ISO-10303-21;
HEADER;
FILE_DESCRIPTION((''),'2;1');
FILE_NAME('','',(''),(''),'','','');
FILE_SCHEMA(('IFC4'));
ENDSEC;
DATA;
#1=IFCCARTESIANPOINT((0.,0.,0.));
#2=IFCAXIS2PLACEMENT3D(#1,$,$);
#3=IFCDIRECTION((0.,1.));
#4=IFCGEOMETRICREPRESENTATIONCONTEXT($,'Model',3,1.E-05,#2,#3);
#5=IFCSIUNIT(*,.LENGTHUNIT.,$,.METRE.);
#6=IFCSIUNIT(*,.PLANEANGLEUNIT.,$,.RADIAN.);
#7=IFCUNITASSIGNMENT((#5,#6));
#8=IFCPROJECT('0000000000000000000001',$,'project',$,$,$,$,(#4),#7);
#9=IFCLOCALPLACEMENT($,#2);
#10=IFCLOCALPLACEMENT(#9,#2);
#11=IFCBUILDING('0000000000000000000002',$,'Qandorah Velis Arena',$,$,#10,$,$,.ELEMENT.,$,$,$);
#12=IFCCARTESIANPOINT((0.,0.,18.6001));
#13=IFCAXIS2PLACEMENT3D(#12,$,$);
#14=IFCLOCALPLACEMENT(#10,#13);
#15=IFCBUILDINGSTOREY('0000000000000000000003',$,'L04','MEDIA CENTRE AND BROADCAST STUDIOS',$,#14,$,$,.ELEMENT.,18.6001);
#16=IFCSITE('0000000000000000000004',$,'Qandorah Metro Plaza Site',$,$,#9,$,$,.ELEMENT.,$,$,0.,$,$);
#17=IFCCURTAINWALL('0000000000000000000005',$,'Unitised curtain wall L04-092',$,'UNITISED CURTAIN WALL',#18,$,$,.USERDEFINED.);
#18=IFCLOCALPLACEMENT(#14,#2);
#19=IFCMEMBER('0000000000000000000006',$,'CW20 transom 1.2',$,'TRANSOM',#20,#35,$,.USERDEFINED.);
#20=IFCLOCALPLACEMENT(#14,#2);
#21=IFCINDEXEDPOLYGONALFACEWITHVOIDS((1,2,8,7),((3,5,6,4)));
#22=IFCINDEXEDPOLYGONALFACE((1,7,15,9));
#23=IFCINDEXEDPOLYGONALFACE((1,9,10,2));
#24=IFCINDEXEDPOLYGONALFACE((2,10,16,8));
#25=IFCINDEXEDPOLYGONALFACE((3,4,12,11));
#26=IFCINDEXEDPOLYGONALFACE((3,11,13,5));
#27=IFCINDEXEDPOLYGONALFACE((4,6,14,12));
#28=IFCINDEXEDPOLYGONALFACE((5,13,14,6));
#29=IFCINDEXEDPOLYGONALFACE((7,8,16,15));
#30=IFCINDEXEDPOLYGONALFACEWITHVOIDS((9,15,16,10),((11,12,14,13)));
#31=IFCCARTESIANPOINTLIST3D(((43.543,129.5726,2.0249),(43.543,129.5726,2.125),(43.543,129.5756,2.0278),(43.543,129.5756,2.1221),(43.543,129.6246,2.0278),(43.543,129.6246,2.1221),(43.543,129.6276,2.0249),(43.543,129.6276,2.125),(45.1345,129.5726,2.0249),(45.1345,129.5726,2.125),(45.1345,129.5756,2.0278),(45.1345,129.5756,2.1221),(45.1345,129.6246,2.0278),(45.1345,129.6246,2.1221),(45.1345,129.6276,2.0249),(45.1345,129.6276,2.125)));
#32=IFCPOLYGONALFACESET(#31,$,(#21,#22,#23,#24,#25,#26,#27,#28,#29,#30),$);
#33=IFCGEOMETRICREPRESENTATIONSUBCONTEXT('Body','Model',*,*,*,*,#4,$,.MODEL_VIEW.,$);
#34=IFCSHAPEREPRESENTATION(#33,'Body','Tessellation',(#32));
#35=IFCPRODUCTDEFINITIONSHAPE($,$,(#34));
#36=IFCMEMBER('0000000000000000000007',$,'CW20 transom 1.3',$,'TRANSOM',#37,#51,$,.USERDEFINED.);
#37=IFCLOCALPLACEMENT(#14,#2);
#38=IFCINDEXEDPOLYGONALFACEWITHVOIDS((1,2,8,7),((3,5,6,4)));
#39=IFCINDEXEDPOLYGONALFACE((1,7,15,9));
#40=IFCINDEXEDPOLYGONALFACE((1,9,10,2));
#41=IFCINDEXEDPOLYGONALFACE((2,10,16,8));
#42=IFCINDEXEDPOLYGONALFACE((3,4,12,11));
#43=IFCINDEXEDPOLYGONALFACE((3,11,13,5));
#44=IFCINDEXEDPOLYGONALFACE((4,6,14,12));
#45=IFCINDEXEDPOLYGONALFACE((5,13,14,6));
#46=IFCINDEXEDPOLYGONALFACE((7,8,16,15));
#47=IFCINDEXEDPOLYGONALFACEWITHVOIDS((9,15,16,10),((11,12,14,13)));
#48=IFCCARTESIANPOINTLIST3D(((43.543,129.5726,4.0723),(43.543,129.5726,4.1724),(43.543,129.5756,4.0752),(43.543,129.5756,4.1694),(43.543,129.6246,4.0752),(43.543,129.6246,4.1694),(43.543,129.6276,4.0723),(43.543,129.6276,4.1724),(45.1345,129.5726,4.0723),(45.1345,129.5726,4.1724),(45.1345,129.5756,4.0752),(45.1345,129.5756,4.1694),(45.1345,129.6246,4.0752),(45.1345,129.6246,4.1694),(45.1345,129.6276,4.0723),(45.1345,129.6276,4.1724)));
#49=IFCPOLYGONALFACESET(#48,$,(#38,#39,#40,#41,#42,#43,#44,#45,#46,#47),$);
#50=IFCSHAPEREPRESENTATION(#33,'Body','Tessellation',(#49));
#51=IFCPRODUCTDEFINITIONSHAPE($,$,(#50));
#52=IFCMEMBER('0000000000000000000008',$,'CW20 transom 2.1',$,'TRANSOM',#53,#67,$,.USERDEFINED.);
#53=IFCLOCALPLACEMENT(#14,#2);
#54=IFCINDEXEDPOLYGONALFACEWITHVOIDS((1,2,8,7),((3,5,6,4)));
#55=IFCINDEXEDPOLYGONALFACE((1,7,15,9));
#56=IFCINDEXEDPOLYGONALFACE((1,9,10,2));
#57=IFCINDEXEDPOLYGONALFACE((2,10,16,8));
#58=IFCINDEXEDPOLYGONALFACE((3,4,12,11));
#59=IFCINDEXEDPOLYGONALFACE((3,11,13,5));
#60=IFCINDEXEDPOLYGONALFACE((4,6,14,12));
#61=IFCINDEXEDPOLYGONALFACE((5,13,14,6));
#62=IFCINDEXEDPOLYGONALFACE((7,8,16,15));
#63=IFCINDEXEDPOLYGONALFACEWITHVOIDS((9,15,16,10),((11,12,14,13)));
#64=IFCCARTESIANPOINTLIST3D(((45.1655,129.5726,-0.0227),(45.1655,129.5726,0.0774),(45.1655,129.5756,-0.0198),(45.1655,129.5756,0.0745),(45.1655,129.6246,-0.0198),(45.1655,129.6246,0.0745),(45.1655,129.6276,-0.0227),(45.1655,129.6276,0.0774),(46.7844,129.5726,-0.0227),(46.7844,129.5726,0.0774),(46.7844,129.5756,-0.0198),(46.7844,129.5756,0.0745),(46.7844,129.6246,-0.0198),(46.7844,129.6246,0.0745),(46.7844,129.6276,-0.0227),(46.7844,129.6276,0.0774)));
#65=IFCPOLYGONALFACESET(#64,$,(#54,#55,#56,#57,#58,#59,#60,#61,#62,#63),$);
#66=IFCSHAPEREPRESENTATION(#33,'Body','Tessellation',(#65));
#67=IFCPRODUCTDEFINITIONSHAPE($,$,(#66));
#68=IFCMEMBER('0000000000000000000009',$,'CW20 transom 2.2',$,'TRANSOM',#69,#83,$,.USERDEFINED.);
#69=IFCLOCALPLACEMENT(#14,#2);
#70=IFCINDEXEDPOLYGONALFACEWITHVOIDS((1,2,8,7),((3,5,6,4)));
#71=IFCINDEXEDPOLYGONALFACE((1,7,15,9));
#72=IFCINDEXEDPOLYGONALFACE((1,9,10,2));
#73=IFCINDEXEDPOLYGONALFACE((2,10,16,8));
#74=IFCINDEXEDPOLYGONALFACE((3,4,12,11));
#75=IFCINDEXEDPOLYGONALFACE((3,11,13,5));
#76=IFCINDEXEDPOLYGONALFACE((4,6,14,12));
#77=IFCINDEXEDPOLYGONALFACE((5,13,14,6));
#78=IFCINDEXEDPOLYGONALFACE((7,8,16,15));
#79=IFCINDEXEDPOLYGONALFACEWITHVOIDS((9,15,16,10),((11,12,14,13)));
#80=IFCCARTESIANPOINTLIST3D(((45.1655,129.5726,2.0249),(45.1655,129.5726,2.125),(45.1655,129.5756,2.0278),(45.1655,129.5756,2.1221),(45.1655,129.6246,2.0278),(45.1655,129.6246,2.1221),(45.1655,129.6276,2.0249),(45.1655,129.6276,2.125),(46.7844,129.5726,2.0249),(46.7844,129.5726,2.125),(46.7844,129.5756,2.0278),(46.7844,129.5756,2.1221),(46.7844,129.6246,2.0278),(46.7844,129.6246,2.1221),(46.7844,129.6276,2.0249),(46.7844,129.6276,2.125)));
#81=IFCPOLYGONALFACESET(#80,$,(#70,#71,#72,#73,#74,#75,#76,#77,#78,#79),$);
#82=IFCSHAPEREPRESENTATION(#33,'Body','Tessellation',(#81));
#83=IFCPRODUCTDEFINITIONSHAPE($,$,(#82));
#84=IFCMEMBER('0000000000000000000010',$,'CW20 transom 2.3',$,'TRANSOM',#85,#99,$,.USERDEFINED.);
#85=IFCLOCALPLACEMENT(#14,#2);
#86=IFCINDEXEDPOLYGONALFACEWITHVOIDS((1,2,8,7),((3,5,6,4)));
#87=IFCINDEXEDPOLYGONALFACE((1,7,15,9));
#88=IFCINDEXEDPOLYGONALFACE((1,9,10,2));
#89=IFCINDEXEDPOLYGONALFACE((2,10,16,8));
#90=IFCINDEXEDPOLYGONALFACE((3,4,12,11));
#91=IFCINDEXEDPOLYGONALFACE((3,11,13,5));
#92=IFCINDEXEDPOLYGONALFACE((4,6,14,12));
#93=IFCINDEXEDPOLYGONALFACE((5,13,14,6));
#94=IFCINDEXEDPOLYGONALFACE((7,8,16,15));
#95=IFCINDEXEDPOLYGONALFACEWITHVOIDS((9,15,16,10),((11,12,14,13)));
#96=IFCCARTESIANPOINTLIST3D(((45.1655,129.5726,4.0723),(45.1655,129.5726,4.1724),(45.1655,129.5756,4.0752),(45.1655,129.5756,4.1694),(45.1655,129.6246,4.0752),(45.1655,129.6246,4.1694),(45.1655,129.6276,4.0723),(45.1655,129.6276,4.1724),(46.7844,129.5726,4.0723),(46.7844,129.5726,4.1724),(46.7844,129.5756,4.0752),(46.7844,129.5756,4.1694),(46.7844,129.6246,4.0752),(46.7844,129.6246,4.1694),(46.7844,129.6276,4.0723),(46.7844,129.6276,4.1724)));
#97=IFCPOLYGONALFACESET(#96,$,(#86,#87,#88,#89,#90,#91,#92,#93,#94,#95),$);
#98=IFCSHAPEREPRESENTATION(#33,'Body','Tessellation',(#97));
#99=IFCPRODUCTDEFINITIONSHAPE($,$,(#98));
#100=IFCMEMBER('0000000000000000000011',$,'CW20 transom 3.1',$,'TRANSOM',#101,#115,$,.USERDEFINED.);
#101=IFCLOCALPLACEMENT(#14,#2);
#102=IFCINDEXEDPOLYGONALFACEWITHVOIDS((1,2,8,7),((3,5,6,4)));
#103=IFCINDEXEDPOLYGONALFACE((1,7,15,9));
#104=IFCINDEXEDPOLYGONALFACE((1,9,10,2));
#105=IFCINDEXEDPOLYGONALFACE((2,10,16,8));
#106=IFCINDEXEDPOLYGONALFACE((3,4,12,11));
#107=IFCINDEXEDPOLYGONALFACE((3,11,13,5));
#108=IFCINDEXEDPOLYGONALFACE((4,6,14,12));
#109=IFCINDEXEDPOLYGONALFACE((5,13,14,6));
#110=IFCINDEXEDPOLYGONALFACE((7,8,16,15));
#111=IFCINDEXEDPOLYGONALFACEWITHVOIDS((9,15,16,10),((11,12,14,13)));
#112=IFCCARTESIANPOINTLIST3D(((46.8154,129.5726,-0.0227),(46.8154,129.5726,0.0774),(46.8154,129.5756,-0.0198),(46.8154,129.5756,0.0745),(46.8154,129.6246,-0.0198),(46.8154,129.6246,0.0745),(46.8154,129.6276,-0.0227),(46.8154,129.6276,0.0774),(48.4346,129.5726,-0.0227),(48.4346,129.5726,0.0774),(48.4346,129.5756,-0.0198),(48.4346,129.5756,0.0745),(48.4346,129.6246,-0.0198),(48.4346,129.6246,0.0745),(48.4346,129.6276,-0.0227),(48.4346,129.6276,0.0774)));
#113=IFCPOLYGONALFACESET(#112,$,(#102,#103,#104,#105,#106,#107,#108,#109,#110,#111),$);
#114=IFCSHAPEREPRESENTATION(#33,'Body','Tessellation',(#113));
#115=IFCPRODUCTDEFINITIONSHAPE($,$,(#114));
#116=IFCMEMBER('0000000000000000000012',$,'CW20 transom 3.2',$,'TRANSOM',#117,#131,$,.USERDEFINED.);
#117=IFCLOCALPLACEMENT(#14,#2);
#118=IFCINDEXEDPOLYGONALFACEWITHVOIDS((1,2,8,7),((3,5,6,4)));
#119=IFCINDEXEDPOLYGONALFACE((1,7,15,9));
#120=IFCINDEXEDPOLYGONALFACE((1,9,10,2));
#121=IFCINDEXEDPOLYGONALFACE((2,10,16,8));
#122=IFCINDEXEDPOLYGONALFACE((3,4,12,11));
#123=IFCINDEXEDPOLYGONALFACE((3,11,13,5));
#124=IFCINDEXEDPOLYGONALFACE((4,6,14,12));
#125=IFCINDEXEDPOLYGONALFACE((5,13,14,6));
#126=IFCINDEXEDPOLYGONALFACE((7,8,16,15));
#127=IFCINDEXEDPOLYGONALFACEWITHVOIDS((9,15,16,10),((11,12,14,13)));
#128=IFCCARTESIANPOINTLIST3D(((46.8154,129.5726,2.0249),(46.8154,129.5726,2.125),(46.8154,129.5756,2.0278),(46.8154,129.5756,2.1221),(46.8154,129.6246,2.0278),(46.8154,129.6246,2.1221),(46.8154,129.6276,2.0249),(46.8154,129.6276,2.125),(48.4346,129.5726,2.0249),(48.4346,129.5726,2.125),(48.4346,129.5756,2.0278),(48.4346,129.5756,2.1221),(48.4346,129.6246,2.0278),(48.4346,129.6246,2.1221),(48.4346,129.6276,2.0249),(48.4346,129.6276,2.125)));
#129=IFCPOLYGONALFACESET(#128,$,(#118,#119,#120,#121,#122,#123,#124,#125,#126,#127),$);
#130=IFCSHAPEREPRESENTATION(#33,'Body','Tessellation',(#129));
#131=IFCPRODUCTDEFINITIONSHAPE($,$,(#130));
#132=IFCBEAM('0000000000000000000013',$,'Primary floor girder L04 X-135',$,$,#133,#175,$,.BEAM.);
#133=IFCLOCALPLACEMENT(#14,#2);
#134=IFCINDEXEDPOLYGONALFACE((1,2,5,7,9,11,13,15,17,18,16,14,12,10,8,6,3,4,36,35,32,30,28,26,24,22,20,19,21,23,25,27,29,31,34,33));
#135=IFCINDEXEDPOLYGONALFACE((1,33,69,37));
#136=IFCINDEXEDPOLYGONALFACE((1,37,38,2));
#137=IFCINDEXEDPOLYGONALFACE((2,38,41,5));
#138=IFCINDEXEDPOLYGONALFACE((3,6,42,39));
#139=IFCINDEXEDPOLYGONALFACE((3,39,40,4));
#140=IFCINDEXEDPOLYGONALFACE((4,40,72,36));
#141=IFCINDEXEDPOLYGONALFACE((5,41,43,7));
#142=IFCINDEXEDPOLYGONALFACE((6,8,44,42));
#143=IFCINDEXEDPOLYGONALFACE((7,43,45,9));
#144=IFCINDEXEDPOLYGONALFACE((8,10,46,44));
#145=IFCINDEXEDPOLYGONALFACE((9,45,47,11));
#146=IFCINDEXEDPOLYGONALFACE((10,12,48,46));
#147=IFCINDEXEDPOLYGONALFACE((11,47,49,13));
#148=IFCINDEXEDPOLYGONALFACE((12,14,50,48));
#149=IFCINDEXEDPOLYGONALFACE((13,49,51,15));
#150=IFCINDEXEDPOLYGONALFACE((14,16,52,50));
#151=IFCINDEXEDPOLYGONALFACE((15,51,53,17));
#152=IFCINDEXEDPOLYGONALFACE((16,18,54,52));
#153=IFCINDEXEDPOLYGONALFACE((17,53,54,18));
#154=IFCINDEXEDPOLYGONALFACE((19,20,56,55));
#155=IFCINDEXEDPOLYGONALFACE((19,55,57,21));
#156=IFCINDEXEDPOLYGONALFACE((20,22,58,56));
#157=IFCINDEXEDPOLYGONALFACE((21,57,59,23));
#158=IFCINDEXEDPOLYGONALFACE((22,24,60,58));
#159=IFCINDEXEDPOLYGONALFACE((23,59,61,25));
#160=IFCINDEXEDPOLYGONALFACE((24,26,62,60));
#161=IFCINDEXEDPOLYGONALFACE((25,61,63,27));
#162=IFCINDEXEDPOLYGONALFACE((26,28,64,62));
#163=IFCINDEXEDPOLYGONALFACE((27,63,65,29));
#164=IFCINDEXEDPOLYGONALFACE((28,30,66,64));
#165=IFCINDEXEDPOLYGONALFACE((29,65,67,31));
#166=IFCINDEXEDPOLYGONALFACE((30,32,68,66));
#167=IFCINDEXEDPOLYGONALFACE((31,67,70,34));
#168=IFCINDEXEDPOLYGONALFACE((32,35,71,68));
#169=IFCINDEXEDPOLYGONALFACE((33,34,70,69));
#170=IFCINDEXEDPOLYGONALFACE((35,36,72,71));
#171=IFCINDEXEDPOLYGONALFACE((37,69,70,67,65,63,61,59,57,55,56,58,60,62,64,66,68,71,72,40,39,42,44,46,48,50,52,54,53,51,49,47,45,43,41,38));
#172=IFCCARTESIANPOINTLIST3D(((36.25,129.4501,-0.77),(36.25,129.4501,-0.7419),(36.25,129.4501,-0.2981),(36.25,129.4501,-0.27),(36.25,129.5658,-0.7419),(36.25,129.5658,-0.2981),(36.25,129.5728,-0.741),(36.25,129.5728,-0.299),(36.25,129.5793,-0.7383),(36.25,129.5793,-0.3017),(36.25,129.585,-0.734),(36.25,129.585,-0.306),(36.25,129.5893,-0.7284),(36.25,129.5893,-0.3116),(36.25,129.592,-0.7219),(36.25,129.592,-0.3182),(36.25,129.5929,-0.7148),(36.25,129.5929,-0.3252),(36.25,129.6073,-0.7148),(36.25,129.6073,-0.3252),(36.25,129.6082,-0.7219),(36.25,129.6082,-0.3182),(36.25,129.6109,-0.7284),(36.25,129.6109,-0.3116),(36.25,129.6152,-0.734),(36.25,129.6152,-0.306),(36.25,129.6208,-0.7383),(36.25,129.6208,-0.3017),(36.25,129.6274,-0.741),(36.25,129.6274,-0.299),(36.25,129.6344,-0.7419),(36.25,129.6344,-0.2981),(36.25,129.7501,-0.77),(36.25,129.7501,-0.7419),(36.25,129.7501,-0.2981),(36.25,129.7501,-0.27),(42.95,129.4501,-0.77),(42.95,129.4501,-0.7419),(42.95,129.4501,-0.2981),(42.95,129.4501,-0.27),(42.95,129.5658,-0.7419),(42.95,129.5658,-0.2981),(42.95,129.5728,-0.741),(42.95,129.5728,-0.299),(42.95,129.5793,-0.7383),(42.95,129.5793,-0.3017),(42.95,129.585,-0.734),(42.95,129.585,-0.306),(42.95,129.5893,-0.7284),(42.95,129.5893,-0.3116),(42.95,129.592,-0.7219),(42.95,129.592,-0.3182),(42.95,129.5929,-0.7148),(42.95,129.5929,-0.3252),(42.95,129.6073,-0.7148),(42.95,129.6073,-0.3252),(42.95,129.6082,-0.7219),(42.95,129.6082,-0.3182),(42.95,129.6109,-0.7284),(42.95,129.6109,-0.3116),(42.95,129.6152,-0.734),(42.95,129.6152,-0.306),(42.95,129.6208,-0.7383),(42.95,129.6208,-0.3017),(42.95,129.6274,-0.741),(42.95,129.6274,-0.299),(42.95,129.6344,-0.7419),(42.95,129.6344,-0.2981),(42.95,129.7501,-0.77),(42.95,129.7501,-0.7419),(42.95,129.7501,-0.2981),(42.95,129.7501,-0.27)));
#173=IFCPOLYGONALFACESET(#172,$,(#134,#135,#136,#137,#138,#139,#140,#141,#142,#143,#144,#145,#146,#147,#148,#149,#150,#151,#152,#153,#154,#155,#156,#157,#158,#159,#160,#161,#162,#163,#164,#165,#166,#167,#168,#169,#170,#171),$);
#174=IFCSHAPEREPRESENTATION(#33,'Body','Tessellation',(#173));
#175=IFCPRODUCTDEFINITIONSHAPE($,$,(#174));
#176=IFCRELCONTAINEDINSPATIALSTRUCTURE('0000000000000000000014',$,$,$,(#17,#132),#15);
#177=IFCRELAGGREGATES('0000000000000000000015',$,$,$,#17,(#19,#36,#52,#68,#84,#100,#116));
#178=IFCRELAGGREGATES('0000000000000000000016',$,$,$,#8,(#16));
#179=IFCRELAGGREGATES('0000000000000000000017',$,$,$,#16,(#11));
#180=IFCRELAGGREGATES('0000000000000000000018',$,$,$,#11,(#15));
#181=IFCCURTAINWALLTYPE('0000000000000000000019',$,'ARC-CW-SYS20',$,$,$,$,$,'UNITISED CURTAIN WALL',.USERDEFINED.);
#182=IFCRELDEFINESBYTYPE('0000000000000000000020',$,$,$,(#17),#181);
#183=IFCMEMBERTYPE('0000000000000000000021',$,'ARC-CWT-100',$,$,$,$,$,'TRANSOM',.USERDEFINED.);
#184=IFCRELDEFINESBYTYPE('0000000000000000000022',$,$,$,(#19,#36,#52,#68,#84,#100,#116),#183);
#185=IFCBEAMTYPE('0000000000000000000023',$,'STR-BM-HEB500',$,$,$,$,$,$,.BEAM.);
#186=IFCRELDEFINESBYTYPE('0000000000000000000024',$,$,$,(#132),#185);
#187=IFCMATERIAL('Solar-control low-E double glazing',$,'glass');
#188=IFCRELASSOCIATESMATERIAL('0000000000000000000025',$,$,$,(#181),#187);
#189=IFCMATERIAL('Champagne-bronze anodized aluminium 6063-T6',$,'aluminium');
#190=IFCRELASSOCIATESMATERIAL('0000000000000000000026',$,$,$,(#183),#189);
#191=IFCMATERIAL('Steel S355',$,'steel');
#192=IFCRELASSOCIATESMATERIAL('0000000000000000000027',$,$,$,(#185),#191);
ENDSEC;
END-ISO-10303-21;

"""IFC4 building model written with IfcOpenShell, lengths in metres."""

from ifc_helpers import new_model, si_unit, direction, frame, origin, origin_2d, place, context, subcontext, project, spatial, hollow_rectangle, i_section, extrude, material, material_profile, profile_set, type_object, element, aggregate, save


model = new_model("IFC4")

# Units and contexts
model_context = context("Model", 3, precision=1e-05, world=origin(), true_north=direction((0.0, 1.0)))
body_context = subcontext(model_context, "Body", "Model", "MODEL_VIEW")
ifc_project = project(units=[si_unit("LENGTHUNIT", "METRE"), si_unit("PLANEANGLEUNIT", "RADIAN")], contexts=[model_context])

# Site, building, storey
site_placement = place(None, origin())
site = spatial("IfcSite", under=ifc_project, at=site_placement, Name="Qandorah Metro Plaza Site", CompositionType="ELEMENT", RefElevation=0.0)
building_placement = place(site_placement, origin())
building = spatial("IfcBuilding", under=site, at=building_placement, Name="Qandorah Velis Arena", CompositionType="ELEMENT")
storey_placement = place(building_placement, frame((0.0, 0.0, 18.6001)))
storey = spatial("IfcBuildingStorey", under=building, at=storey_placement, Name="L04", Description="MEDIA CENTRE AND BROADCAST STUDIOS", CompositionType="ELEMENT", Elevation=18.6001)

# Shared definitions
ifc_material_1 = material(Name="Steel S355", Category="steel")

# Curtain wall, members
ifc_material_2 = material(Name="Solar-control low-E double glazing", Category="glass")
curtain_wall_type = type_object("IfcCurtainWallType", Name="ARC-CW-SYS20", ElementType="UNITISED CURTAIN WALL", PredefinedType="USERDEFINED", material=ifc_material_2)
curtain_wall_placement = place(storey_placement, origin())
curtain_wall = element("IfcCurtainWall", 1, at=curtain_wall_placement, inside=storey, type_object=curtain_wall_type, Name="Unitised curtain wall L04-092", ObjectType="UNITISED CURTAIN WALL", PredefinedType="USERDEFINED")
ifc_material_3 = material(Name="Champagne-bronze anodized aluminium 6063-T6", Category="aluminium")
ifc_material_profile_1 = material_profile(ifc_material_3, hollow_rectangle(XDim=0.0549, YDim=0.1001, WallThickness=0.0029, at=origin_2d()), Name="ALU TRANSOM 55x100")
ifc_profile_set_1 = profile_set([ifc_material_profile_1], Name="Champagne-bronze anodized aluminium 6063-T6")
member_type_1 = type_object("IfcMemberType", Name="ARC-CWT-100", ElementType="TRANSOM", PredefinedType="USERDEFINED", material=ifc_profile_set_1)
member_1_placement = place(storey_placement, frame((43.543, 129.6001, 2.075), z_axis=(1.0, 0.0, 0.0), x_axis=(0.0, 1.0, 0.0)))
member_1 = element("IfcMember", 2, at=member_1_placement, type_object=member_type_1, Name="CW20 transom 1.2", ObjectType="TRANSOM", PredefinedType="USERDEFINED", context=body_context, shape_type="SweptSolid", body=[
    extrude(hollow_rectangle(XDim=0.0549, YDim=0.1001, WallThickness=0.0029, at=origin_2d()), origin(), (0.0, 0.0, 1.0), 1.5916),
])
member_2_placement = place(storey_placement, frame((43.543, 129.6001, 4.1223), z_axis=(1.0, 0.0, 0.0), x_axis=(0.0, 1.0, 0.0)))
member_2 = element("IfcMember", 3, at=member_2_placement, type_object=member_type_1, Name="CW20 transom 1.3", ObjectType="TRANSOM", PredefinedType="USERDEFINED", context=body_context, shape_type="SweptSolid", body=[
    extrude(hollow_rectangle(XDim=0.0549, YDim=0.1001, WallThickness=0.0029, at=origin_2d()), origin(), (0.0, 0.0, 1.0), 1.5916),
])
member_3_placement = place(storey_placement, frame((45.1655, 129.6001, 0.0273), z_axis=(1.0, 0.0, 0.0), x_axis=(0.0, 1.0, 0.0)))
member_3 = element("IfcMember", 4, at=member_3_placement, type_object=member_type_1, Name="CW20 transom 2.1", ObjectType="TRANSOM", PredefinedType="USERDEFINED", context=body_context, shape_type="SweptSolid", body=[
    extrude(hollow_rectangle(XDim=0.0549, YDim=0.1001, WallThickness=0.0029, at=origin_2d()), origin(), (0.0, 0.0, 1.0), 1.6189),
])
member_4_placement = place(storey_placement, frame((45.1655, 129.6001, 2.075), z_axis=(1.0, 0.0, 0.0), x_axis=(0.0, 1.0, 0.0)))
member_4 = element("IfcMember", 5, at=member_4_placement, type_object=member_type_1, Name="CW20 transom 2.2", ObjectType="TRANSOM", PredefinedType="USERDEFINED", context=body_context, shape_type="SweptSolid", body=[
    extrude(hollow_rectangle(XDim=0.0549, YDim=0.1001, WallThickness=0.0029, at=origin_2d()), origin(), (0.0, 0.0, 1.0), 1.6189),
])
member_5_placement = place(storey_placement, frame((45.1655, 129.6001, 4.1223), z_axis=(1.0, 0.0, 0.0), x_axis=(0.0, 1.0, 0.0)))
member_5 = element("IfcMember", 6, at=member_5_placement, type_object=member_type_1, Name="CW20 transom 2.3", ObjectType="TRANSOM", PredefinedType="USERDEFINED", context=body_context, shape_type="SweptSolid", body=[
    extrude(hollow_rectangle(XDim=0.0549, YDim=0.1001, WallThickness=0.0029, at=origin_2d()), origin(), (0.0, 0.0, 1.0), 1.6189),
])
member_6_placement = place(storey_placement, frame((46.8154, 129.6001, 0.0273), z_axis=(1.0, 0.0, 0.0), x_axis=(0.0, 1.0, 0.0)))
member_6 = element("IfcMember", 7, at=member_6_placement, type_object=member_type_1, Name="CW20 transom 3.1", ObjectType="TRANSOM", PredefinedType="USERDEFINED", context=body_context, shape_type="SweptSolid", body=[
    extrude(hollow_rectangle(XDim=0.0549, YDim=0.1001, WallThickness=0.0029, at=origin_2d()), origin(), (0.0, 0.0, 1.0), 1.6191),
])
member_7_placement = place(storey_placement, frame((46.8154, 129.6001, 2.075), z_axis=(1.0, 0.0, 0.0), x_axis=(0.0, 1.0, 0.0)))
member_7 = element("IfcMember", 8, at=member_7_placement, type_object=member_type_1, Name="CW20 transom 3.2", ObjectType="TRANSOM", PredefinedType="USERDEFINED", context=body_context, shape_type="SweptSolid", body=[
    extrude(hollow_rectangle(XDim=0.0549, YDim=0.1001, WallThickness=0.0029, at=origin_2d()), origin(), (0.0, 0.0, 1.0), 1.6191),
])

# Beam
ifc_material_profile_2 = material_profile(ifc_material_1, i_section(OverallWidth=0.3, OverallDepth=0.5, WebThickness=0.0144, FlangeThickness=0.0281, FilletRadius=0.0271, at=origin_2d()), Name="HEB 500")
ifc_profile_set_2 = profile_set([ifc_material_profile_2], Name="Steel S355")
beam_type_1 = type_object("IfcBeamType", Name="STR-BM-HEB500", PredefinedType="BEAM", material=ifc_profile_set_2)
for number, where, z_axis, x_axis, name in (
    (9, (36.25, 129.6001, -0.52), (1.0, 0.0, 0.0), (0.0, 1.0, 0.0), "Primary floor girder L04 X-135"),
):
    element("IfcBeam", number, at=place(storey_placement, frame(where, z_axis=z_axis, x_axis=x_axis)), inside=storey, type_object=beam_type_1, Name=name, PredefinedType="BEAM", context=body_context, shape_type="SweptSolid", body=[
        extrude(i_section(OverallWidth=0.3, OverallDepth=0.5, WebThickness=0.0144, FlangeThickness=0.0281, FilletRadius=0.0271, at=origin_2d()), origin(), (0.0, 0.0, 1.0), 6.7),
    ])

aggregate(curtain_wall, [member_1, member_2, member_3, member_4, member_5, member_6, member_7])

save(model, "model.ifc")
